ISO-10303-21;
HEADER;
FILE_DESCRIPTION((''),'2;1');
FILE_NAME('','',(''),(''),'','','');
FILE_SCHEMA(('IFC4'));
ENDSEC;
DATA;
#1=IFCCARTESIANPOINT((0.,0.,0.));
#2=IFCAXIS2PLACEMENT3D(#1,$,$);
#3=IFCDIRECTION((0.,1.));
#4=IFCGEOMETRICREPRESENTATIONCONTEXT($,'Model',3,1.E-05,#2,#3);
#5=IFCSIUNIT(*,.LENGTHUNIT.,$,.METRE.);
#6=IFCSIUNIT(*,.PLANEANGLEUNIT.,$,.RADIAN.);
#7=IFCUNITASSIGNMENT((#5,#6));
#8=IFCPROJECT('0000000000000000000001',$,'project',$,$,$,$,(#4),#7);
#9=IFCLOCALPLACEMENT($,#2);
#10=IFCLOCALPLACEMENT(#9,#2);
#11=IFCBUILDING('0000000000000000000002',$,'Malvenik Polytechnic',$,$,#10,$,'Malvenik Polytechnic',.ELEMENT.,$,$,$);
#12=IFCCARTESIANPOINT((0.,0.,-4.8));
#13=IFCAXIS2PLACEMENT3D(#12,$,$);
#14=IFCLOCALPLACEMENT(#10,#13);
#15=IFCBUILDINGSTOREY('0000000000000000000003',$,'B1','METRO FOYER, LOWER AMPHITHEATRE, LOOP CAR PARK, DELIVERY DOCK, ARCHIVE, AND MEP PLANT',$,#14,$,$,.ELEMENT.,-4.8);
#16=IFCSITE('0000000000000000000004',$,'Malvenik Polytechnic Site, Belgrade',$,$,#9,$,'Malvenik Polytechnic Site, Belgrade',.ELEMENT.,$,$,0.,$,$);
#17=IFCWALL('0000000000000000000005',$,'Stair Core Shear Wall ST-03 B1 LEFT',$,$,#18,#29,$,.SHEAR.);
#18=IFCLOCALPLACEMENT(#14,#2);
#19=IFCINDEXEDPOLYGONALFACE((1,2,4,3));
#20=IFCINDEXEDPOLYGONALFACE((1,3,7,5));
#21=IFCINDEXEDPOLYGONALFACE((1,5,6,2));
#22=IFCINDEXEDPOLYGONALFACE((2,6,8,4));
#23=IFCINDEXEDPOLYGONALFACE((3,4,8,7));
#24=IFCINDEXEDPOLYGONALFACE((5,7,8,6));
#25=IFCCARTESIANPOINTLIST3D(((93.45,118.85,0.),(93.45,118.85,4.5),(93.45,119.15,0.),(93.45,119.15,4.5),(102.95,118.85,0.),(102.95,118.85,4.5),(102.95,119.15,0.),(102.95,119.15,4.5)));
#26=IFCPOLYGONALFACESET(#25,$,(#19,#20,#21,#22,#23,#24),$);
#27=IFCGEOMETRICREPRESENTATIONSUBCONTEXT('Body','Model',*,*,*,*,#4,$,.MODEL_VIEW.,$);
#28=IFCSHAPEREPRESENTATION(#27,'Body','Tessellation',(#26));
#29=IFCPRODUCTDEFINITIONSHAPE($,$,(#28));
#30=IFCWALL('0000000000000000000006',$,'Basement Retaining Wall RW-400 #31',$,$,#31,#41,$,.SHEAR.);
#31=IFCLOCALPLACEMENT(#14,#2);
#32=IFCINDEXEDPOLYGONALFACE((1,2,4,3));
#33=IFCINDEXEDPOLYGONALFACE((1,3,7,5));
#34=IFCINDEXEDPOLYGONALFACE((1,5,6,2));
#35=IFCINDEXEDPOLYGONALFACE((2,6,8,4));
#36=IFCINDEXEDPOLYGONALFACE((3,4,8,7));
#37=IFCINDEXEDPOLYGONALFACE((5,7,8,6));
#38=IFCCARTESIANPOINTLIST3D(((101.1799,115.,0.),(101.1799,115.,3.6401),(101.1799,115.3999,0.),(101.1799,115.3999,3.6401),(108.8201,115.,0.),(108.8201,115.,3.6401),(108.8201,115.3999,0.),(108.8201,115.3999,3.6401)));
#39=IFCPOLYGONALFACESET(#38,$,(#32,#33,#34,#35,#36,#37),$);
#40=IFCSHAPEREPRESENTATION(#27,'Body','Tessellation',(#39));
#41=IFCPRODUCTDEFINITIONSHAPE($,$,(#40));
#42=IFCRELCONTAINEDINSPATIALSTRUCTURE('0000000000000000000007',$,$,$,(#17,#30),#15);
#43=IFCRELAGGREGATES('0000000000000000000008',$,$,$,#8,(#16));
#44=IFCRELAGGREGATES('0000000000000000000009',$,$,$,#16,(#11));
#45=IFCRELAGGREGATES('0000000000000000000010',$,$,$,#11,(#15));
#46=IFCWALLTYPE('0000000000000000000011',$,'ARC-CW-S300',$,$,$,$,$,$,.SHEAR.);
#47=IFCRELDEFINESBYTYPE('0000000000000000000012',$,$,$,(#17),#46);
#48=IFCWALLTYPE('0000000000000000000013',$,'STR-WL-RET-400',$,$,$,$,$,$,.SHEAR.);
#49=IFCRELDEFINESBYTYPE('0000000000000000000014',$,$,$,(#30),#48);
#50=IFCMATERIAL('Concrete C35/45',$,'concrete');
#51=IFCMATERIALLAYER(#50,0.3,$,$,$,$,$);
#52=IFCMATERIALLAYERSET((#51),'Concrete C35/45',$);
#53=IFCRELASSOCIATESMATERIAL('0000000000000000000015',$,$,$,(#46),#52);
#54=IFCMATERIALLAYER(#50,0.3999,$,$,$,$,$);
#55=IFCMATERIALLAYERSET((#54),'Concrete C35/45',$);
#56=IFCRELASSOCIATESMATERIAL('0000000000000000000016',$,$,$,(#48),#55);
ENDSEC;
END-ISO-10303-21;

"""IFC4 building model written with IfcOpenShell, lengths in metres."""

from ifc_helpers import new_model, si_unit, direction, frame, frame_2d, origin, place, context, subcontext, project, spatial, rectangle, extrude, material, layer, layer_set, type_object, element, save


model = new_model("IFC4")

# Units and contexts
model_context = context("Model", 3, precision=1e-05, world=origin(), true_north=direction((0.0, 1.0)))
body_context = subcontext(model_context, "Body", "Model", "MODEL_VIEW")
ifc_project = project(units=[si_unit("LENGTHUNIT", "METRE"), si_unit("PLANEANGLEUNIT", "RADIAN")], contexts=[model_context])

# Site, building, storey
site_placement = place(None, origin())
site = spatial("IfcSite", under=ifc_project, at=site_placement, Name="Malvenik Polytechnic Site, Belgrade", LongName="Malvenik Polytechnic Site, Belgrade", CompositionType="ELEMENT", RefElevation=0.0)
building_placement = place(site_placement, origin())
building = spatial("IfcBuilding", under=site, at=building_placement, Name="Malvenik Polytechnic", LongName="Malvenik Polytechnic", CompositionType="ELEMENT")
storey_placement = place(building_placement, frame((0.0, 0.0, -4.8)))
storey = spatial("IfcBuildingStorey", under=building, at=storey_placement, Name="B1", Description="METRO FOYER, LOWER AMPHITHEATRE, LOOP CAR PARK, DELIVERY DOCK, ARCHIVE, AND MEP PLANT", CompositionType="ELEMENT", Elevation=-4.8)

# Shared definitions
ifc_material_1 = material(Name="Concrete C35/45", Category="concrete")

# Walls
ifc_layer_1 = layer(ifc_material_1, 0.3)
ifc_layer_set_1 = layer_set([ifc_layer_1], Name="Concrete C35/45")
wall_type_1 = type_object("IfcWallType", Name="ARC-CW-S300", PredefinedType="SHEAR", material=ifc_layer_set_1)
wall_1_placement = place(storey_placement, frame((102.95, 119.0, 0.0), z_axis=(0.0, 0.0, 1.0), x_axis=(-1.0, 0.0, 0.0)))
element("IfcWall", 1, at=wall_1_placement, inside=storey, type_object=wall_type_1, Name="Stair Core Shear Wall ST-03 B1 LEFT", PredefinedType="SHEAR", context=body_context, shape_type="SweptSolid", body=[
    extrude(rectangle(XDim=9.5, YDim=0.3, at=frame_2d((4.75, 0.0))), origin(), (0.0, 0.0, 1.0), 4.5),
])
ifc_layer_2 = layer(ifc_material_1, 0.3999)
ifc_layer_set_2 = layer_set([ifc_layer_2], Name="Concrete C35/45")
wall_type_2 = type_object("IfcWallType", Name="STR-WL-RET-400", PredefinedType="SHEAR", material=ifc_layer_set_2)
wall_2_placement = place(storey_placement, frame((101.1799, 115.2, 0.0), z_axis=(0.0, 0.0, 1.0), x_axis=(1.0, 0.0, 0.0)))
element("IfcWall", 2, at=wall_2_placement, inside=storey, type_object=wall_type_2, Name="Basement Retaining Wall RW-400 #31", PredefinedType="SHEAR", context=body_context, shape_type="SweptSolid", body=[
    extrude(rectangle(XDim=7.6401, YDim=0.3999, at=frame_2d((3.8201, 0.0))), origin(), (0.0, 0.0, 1.0), 3.6401),
])

save(model, "model.ifc")
